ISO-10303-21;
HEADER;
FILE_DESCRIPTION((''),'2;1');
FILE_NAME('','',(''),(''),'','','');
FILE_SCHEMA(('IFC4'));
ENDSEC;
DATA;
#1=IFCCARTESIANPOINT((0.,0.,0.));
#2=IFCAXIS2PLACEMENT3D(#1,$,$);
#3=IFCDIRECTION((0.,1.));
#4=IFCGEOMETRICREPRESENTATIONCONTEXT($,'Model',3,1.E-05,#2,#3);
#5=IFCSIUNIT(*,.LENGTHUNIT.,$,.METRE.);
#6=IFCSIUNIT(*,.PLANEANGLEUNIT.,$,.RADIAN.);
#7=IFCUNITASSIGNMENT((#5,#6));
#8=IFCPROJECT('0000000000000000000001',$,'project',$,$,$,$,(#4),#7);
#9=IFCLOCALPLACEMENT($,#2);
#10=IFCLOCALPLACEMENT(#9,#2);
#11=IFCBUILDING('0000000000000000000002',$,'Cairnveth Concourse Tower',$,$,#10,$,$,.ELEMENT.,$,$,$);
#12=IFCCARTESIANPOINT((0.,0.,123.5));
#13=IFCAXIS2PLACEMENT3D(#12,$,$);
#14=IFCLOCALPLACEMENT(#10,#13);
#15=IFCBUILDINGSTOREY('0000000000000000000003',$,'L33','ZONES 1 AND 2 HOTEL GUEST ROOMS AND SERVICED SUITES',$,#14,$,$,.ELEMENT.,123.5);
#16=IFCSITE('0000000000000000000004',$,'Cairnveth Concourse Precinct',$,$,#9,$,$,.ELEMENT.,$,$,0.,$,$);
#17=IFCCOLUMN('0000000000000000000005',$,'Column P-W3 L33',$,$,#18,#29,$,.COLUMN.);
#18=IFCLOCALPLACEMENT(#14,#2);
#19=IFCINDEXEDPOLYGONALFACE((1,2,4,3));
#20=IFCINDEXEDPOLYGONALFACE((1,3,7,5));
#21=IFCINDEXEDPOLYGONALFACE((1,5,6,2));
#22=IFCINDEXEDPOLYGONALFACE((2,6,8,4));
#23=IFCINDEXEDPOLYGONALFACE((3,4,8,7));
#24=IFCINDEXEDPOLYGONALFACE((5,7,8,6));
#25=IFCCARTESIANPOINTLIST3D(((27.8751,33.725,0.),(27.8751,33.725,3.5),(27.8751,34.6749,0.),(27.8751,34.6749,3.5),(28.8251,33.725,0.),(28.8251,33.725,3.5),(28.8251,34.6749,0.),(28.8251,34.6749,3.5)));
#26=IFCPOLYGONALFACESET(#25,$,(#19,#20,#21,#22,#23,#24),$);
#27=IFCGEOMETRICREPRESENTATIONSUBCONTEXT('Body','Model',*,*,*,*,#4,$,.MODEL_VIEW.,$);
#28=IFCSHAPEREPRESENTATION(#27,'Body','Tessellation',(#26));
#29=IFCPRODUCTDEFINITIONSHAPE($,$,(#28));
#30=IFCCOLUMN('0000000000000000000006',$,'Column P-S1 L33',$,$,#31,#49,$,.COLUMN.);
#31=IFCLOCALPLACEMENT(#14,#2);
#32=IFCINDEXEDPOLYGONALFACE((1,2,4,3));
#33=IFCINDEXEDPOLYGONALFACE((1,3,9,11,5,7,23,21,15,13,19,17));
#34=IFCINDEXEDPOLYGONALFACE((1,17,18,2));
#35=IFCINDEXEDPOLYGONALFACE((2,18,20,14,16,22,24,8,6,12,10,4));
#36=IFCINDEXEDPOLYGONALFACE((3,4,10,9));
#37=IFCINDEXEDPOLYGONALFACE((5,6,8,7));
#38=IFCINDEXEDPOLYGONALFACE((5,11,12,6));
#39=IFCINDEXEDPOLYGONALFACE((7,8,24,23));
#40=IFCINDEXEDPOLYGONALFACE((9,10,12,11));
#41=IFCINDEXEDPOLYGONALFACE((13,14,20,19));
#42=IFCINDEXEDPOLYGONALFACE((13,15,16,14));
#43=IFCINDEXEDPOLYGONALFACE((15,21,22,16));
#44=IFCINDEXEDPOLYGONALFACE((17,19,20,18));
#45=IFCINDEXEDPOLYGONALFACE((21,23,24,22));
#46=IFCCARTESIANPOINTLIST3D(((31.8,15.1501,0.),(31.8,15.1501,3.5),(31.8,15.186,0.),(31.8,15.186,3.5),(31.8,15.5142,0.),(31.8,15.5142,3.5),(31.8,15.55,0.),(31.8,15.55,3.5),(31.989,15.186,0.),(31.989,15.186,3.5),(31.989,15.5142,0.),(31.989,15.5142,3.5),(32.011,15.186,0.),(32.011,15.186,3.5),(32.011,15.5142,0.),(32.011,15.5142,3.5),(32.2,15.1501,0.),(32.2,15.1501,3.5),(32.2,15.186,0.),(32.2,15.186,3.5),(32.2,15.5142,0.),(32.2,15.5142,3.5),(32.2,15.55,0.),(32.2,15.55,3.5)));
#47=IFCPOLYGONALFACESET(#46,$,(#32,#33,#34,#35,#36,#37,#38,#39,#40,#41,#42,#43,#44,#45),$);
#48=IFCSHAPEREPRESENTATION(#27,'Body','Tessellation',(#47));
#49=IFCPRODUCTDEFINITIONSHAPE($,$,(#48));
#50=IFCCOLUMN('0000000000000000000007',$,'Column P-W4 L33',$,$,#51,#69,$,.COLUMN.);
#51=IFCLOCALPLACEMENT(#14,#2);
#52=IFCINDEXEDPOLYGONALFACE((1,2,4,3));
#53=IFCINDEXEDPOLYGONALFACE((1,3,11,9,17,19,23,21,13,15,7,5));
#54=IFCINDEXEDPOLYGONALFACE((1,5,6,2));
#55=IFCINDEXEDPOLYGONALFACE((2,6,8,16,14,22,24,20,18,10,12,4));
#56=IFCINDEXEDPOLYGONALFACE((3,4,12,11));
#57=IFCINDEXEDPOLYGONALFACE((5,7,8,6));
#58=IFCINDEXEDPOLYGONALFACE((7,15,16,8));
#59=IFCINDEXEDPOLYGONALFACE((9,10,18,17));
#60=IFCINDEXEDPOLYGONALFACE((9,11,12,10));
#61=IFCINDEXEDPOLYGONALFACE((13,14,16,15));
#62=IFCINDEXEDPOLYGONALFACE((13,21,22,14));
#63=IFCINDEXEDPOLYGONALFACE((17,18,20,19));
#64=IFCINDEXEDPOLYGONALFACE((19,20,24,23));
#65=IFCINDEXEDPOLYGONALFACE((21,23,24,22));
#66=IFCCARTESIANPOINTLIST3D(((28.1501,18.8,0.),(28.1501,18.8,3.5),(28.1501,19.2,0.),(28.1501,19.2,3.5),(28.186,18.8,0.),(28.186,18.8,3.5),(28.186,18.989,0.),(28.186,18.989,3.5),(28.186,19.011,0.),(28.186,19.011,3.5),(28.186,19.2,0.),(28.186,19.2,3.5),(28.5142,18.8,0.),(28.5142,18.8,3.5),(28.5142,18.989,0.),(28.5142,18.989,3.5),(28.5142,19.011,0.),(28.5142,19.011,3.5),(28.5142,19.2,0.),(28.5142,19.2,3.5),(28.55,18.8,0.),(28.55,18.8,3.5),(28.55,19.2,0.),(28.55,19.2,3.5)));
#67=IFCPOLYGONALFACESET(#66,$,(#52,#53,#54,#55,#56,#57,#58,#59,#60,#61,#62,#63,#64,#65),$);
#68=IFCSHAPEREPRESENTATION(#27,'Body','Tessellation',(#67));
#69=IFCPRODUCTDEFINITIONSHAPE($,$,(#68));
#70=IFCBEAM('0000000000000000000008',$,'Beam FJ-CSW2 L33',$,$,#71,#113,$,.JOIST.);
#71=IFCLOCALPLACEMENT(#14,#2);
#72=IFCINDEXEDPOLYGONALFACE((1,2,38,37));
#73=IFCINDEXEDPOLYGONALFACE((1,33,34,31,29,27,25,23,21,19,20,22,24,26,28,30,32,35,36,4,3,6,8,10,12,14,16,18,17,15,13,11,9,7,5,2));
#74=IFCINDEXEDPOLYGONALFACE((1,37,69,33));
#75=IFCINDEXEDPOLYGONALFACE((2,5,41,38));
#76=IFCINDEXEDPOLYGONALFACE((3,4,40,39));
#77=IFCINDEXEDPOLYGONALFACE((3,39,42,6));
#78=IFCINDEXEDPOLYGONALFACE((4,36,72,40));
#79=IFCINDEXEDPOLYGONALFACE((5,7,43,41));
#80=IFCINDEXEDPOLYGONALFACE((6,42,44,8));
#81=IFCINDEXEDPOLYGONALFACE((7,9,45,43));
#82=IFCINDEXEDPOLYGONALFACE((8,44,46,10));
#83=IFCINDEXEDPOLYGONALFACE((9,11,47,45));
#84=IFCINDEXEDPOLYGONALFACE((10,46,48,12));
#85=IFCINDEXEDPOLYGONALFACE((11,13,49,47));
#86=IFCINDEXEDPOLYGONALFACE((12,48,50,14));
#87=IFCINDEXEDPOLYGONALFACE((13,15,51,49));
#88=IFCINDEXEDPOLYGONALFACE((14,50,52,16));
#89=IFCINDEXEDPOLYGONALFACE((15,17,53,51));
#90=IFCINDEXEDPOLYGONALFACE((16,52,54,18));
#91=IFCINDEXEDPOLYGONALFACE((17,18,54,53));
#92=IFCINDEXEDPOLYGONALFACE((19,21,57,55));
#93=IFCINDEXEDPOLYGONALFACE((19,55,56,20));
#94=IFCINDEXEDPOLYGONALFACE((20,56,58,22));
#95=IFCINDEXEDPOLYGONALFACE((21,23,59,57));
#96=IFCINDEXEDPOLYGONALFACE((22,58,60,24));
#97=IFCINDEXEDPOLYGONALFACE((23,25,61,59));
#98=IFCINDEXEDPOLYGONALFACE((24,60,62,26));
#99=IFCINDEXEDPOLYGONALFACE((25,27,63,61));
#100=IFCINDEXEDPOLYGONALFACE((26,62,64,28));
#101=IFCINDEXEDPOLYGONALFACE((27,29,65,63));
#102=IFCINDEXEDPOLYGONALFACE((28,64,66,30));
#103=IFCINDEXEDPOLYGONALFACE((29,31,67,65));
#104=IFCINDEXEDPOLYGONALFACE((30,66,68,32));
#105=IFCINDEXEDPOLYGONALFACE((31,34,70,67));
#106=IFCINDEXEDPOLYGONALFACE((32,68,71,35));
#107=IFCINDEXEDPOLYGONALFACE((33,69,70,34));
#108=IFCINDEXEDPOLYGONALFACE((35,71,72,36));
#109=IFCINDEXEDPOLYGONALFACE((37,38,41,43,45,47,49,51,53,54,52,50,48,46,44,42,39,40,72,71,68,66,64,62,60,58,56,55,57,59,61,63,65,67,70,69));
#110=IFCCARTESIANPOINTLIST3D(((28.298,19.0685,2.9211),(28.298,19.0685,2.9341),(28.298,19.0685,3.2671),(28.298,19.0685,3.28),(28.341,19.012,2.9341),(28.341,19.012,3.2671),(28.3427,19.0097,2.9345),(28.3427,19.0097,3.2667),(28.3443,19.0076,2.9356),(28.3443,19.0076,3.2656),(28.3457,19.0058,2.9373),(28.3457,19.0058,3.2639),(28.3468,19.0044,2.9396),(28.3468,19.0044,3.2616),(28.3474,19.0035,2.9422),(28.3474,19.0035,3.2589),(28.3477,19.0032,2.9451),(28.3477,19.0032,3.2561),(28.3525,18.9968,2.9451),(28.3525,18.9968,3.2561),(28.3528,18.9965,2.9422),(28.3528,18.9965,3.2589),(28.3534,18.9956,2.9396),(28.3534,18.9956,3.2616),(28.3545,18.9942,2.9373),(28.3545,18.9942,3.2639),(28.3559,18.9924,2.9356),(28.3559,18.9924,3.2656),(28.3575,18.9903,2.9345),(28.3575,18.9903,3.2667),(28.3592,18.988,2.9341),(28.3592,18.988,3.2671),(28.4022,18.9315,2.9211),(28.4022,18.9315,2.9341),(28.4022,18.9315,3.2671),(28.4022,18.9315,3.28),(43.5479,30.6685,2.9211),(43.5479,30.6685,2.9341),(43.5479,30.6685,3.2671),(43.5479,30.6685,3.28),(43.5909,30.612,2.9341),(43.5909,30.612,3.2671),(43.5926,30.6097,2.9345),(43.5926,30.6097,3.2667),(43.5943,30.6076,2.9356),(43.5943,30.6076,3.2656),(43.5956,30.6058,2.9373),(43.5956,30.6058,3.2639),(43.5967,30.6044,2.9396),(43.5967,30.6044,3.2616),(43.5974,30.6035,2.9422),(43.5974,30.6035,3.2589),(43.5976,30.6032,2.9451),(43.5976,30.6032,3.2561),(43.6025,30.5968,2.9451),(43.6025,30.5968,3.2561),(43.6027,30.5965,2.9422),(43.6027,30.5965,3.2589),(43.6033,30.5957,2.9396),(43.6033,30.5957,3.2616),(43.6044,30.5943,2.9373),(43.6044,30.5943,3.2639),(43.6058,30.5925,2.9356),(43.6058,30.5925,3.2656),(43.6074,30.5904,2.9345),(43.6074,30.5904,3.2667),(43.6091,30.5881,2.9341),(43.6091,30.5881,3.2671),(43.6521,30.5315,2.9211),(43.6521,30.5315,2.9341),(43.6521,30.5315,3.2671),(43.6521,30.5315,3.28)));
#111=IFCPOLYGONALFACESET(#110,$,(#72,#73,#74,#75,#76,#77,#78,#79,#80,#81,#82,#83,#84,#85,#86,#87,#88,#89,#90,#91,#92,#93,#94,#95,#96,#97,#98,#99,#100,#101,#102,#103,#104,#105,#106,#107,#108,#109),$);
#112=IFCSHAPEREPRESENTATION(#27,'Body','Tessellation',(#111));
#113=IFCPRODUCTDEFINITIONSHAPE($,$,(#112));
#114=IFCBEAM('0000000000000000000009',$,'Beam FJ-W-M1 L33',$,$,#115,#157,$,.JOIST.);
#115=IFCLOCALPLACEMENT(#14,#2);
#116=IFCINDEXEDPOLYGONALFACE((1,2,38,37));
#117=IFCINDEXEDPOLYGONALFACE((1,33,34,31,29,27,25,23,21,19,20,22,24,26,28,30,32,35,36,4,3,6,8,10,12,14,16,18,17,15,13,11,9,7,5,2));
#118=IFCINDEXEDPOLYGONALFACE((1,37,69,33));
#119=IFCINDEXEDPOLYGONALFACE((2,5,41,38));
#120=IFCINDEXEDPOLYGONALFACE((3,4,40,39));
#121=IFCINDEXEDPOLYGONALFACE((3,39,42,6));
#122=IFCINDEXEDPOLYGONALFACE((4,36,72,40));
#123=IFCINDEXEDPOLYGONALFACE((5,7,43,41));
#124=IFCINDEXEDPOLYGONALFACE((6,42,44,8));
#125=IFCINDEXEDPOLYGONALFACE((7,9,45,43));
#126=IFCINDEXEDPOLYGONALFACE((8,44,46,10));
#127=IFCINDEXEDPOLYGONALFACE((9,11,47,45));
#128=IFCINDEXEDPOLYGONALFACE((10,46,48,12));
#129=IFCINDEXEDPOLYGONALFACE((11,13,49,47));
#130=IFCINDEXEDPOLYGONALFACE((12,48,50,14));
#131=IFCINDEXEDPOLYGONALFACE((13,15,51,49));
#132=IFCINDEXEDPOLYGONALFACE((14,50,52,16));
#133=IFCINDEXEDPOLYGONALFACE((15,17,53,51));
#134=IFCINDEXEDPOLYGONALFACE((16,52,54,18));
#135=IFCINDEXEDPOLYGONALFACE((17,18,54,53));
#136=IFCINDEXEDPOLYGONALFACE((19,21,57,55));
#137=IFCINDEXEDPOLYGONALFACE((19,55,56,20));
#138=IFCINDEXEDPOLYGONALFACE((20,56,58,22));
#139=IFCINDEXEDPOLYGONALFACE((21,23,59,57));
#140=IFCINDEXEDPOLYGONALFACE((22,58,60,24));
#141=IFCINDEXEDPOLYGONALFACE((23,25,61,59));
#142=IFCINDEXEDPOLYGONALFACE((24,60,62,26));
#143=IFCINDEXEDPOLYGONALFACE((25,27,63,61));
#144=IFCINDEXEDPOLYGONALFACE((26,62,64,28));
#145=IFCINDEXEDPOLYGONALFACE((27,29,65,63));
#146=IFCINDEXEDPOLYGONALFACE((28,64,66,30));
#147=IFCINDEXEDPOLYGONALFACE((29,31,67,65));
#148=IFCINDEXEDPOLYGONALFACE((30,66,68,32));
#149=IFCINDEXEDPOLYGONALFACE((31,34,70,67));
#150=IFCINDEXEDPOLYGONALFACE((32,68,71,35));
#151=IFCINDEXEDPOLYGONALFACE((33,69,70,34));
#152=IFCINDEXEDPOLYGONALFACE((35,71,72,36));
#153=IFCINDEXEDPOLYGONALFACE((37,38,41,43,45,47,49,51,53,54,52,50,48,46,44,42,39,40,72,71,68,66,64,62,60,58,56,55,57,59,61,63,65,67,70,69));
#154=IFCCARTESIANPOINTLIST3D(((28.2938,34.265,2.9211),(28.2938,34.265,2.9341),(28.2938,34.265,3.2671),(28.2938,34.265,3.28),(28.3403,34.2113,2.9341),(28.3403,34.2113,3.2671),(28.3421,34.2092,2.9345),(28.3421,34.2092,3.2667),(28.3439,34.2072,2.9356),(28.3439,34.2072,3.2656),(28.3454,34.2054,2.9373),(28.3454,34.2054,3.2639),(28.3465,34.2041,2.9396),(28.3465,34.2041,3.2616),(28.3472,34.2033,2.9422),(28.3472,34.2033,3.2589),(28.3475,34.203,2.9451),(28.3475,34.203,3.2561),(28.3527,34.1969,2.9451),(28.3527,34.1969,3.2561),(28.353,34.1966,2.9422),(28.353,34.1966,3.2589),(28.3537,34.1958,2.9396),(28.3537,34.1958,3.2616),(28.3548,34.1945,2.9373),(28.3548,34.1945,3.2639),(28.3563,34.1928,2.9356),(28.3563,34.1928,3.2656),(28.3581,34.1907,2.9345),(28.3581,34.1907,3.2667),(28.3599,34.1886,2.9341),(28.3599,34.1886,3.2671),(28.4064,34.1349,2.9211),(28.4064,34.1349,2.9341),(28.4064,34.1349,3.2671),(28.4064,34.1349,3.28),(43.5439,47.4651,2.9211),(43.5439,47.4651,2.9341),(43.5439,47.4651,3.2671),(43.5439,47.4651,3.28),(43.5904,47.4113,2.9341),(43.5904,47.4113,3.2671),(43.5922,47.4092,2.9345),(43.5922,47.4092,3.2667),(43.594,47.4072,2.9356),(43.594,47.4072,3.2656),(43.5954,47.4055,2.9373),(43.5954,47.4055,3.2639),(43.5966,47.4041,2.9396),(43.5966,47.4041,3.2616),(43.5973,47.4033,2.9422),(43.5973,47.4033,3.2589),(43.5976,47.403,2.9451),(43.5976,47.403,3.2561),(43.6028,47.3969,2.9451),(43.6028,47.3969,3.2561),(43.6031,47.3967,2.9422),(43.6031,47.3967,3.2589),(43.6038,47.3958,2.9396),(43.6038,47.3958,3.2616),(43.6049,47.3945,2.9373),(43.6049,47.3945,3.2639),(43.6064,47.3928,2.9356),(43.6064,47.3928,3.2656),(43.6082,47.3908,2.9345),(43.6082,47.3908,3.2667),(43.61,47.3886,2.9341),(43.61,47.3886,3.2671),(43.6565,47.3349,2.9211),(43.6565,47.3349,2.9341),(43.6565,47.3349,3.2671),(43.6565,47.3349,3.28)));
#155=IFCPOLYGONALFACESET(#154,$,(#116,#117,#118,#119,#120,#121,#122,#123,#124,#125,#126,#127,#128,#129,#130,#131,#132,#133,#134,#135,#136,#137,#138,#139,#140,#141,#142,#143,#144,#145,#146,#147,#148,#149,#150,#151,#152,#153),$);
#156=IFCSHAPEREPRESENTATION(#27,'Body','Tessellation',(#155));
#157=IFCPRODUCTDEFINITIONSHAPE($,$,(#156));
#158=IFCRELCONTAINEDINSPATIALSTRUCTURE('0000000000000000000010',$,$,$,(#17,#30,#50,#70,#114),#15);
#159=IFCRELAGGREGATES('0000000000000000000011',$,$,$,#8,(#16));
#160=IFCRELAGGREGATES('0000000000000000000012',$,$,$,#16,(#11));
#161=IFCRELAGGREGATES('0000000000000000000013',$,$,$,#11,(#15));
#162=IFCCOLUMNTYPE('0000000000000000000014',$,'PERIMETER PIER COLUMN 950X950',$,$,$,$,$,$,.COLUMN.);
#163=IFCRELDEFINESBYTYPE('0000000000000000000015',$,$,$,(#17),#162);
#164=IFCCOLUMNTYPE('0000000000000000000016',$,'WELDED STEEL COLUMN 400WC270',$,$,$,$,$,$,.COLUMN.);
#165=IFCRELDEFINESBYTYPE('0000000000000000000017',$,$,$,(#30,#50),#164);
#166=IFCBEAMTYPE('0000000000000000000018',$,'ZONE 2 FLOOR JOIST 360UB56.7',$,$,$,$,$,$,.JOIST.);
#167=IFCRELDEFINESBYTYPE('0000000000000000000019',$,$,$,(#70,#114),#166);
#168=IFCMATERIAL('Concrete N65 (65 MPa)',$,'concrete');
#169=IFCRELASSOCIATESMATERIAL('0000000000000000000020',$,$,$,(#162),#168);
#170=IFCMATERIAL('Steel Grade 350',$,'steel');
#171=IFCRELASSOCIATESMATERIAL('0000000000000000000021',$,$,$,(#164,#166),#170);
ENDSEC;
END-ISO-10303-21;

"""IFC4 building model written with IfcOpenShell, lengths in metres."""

from ifc_helpers import new_model, si_unit, direction, frame, origin, origin_2d, place, context, subcontext, project, spatial, rectangle, i_section, extrude, material, material_profile, profile_set, type_object, element, save


model = new_model("IFC4")

# Units and contexts
model_context = context("Model", 3, precision=1e-05, world=origin(), true_north=direction((0.0, 1.0)))
body_context = subcontext(model_context, "Body", "Model", "MODEL_VIEW")
ifc_project = project(units=[si_unit("LENGTHUNIT", "METRE"), si_unit("PLANEANGLEUNIT", "RADIAN")], contexts=[model_context])

# Site, building, storey
site_placement = place(None, origin())
site = spatial("IfcSite", under=ifc_project, at=site_placement, Name="Cairnveth Concourse Precinct", CompositionType="ELEMENT", RefElevation=0.0)
building_placement = place(site_placement, origin())
building = spatial("IfcBuilding", under=site, at=building_placement, Name="Cairnveth Concourse Tower", CompositionType="ELEMENT")
storey_placement = place(building_placement, frame((0.0, 0.0, 123.5)))
storey = spatial("IfcBuildingStorey", under=building, at=storey_placement, Name="L33", Description="ZONES 1 AND 2 HOTEL GUEST ROOMS AND SERVICED SUITES", CompositionType="ELEMENT", Elevation=123.5)

# Columns
ifc_material_1 = material(Name="Concrete N65 (65 MPa)", Category="concrete")
ifc_material_profile_1 = material_profile(ifc_material_1, rectangle(XDim=0.95, YDim=0.95, at=origin_2d()), Name="RC-COL-950x950")
ifc_profile_set_1 = profile_set([ifc_material_profile_1], Name="Concrete N65 (65 MPa)")
column_type_1 = type_object("IfcColumnType", Name="PERIMETER PIER COLUMN 950X950", PredefinedType="COLUMN", material=ifc_profile_set_1)
column_placement = place(storey_placement, frame((28.3501, 34.2, 0.0), z_axis=(0.0, 0.0, 1.0), x_axis=(0.0, 1.0, 0.0)))
element("IfcColumn", 1, at=column_placement, inside=storey, type_object=column_type_1, Name="Column P-W3 L33", PredefinedType="COLUMN", context=body_context, shape_type="SweptSolid", body=[
    extrude(rectangle(XDim=0.95, YDim=0.95, at=origin_2d()), origin(), (0.0, 0.0, 1.0), 3.5),
])
ifc_material_2 = material(Name="Steel Grade 350", Category="steel")
ifc_material_profile_2 = material_profile(ifc_material_2, i_section(OverallWidth=0.3999, OverallDepth=0.3999, WebThickness=0.022, FlangeThickness=0.0359, at=origin_2d()), Name="400WC270")
ifc_profile_set_2 = profile_set([ifc_material_profile_2], Name="Steel Grade 350")
column_type_2 = type_object("IfcColumnType", Name="WELDED STEEL COLUMN 400WC270", PredefinedType="COLUMN", material=ifc_profile_set_2)
for number, where, z_axis, x_axis, name in (
    (2, (32.0, 15.3501, 0.0), (0.0, 0.0, 1.0), (1.0, 0.0, 0.0), "Column P-S1 L33"),
    (3, (28.3501, 19.0, 0.0), (0.0, 0.0, 1.0), (0.0, 1.0, 0.0), "Column P-W4 L33"),
):
    element("IfcColumn", number, at=place(storey_placement, frame(where, z_axis=z_axis, x_axis=x_axis)), inside=storey, type_object=column_type_2, Name=name, PredefinedType="COLUMN", context=body_context, shape_type="SweptSolid", body=[
        extrude(i_section(OverallWidth=0.3999, OverallDepth=0.3999, WebThickness=0.022, FlangeThickness=0.0359, at=origin_2d()), origin(), (0.0, 0.0, 1.0), 3.5),
    ])

# Beams
ifc_material_profile_3 = material_profile(ifc_material_2, i_section(OverallWidth=0.1721, OverallDepth=0.3589, WebThickness=0.0081, FlangeThickness=0.0129, FilletRadius=0.011, at=origin_2d()), Name="360UB56.7")
ifc_profile_set_3 = profile_set([ifc_material_profile_3], Name="Steel Grade 350")
beam_type_1 = type_object("IfcBeamType", Name="ZONE 2 FLOOR JOIST 360UB56.7", PredefinedType="JOIST", material=ifc_profile_set_3)
beam_1_placement = place(storey_placement, frame((28.3501, 19.0, 3.1006), z_axis=(0.795908, 0.605417, 0.0), x_axis=(-0.605417, 0.795908, 0.0)))
element("IfcBeam", 4, at=beam_1_placement, inside=storey, type_object=beam_type_1, Name="Beam FJ-CSW2 L33", PredefinedType="JOIST", context=body_context, shape_type="SweptSolid", body=[
    extrude(i_section(OverallWidth=0.1721, OverallDepth=0.3589, WebThickness=0.0081, FlangeThickness=0.0129, FilletRadius=0.011, at=origin_2d()), origin(), (0.0, 0.0, 1.0), 19.1604),
])
beam_2_placement = place(storey_placement, frame((28.3501, 34.2, 3.1006), z_axis=(0.756099, 0.654457, 0.0), x_axis=(-0.654457, 0.756099, 0.0)))
element("IfcBeam", 5, at=beam_2_placement, inside=storey, type_object=beam_type_1, Name="Beam FJ-W-M1 L33", PredefinedType="JOIST", context=body_context, shape_type="SweptSolid", body=[
    extrude(i_section(OverallWidth=0.1721, OverallDepth=0.3589, WebThickness=0.0081, FlangeThickness=0.0129, FilletRadius=0.011, at=origin_2d()), origin(), (0.0, 0.0, 1.0), 20.1694),
])

save(model, "model.ifc")
